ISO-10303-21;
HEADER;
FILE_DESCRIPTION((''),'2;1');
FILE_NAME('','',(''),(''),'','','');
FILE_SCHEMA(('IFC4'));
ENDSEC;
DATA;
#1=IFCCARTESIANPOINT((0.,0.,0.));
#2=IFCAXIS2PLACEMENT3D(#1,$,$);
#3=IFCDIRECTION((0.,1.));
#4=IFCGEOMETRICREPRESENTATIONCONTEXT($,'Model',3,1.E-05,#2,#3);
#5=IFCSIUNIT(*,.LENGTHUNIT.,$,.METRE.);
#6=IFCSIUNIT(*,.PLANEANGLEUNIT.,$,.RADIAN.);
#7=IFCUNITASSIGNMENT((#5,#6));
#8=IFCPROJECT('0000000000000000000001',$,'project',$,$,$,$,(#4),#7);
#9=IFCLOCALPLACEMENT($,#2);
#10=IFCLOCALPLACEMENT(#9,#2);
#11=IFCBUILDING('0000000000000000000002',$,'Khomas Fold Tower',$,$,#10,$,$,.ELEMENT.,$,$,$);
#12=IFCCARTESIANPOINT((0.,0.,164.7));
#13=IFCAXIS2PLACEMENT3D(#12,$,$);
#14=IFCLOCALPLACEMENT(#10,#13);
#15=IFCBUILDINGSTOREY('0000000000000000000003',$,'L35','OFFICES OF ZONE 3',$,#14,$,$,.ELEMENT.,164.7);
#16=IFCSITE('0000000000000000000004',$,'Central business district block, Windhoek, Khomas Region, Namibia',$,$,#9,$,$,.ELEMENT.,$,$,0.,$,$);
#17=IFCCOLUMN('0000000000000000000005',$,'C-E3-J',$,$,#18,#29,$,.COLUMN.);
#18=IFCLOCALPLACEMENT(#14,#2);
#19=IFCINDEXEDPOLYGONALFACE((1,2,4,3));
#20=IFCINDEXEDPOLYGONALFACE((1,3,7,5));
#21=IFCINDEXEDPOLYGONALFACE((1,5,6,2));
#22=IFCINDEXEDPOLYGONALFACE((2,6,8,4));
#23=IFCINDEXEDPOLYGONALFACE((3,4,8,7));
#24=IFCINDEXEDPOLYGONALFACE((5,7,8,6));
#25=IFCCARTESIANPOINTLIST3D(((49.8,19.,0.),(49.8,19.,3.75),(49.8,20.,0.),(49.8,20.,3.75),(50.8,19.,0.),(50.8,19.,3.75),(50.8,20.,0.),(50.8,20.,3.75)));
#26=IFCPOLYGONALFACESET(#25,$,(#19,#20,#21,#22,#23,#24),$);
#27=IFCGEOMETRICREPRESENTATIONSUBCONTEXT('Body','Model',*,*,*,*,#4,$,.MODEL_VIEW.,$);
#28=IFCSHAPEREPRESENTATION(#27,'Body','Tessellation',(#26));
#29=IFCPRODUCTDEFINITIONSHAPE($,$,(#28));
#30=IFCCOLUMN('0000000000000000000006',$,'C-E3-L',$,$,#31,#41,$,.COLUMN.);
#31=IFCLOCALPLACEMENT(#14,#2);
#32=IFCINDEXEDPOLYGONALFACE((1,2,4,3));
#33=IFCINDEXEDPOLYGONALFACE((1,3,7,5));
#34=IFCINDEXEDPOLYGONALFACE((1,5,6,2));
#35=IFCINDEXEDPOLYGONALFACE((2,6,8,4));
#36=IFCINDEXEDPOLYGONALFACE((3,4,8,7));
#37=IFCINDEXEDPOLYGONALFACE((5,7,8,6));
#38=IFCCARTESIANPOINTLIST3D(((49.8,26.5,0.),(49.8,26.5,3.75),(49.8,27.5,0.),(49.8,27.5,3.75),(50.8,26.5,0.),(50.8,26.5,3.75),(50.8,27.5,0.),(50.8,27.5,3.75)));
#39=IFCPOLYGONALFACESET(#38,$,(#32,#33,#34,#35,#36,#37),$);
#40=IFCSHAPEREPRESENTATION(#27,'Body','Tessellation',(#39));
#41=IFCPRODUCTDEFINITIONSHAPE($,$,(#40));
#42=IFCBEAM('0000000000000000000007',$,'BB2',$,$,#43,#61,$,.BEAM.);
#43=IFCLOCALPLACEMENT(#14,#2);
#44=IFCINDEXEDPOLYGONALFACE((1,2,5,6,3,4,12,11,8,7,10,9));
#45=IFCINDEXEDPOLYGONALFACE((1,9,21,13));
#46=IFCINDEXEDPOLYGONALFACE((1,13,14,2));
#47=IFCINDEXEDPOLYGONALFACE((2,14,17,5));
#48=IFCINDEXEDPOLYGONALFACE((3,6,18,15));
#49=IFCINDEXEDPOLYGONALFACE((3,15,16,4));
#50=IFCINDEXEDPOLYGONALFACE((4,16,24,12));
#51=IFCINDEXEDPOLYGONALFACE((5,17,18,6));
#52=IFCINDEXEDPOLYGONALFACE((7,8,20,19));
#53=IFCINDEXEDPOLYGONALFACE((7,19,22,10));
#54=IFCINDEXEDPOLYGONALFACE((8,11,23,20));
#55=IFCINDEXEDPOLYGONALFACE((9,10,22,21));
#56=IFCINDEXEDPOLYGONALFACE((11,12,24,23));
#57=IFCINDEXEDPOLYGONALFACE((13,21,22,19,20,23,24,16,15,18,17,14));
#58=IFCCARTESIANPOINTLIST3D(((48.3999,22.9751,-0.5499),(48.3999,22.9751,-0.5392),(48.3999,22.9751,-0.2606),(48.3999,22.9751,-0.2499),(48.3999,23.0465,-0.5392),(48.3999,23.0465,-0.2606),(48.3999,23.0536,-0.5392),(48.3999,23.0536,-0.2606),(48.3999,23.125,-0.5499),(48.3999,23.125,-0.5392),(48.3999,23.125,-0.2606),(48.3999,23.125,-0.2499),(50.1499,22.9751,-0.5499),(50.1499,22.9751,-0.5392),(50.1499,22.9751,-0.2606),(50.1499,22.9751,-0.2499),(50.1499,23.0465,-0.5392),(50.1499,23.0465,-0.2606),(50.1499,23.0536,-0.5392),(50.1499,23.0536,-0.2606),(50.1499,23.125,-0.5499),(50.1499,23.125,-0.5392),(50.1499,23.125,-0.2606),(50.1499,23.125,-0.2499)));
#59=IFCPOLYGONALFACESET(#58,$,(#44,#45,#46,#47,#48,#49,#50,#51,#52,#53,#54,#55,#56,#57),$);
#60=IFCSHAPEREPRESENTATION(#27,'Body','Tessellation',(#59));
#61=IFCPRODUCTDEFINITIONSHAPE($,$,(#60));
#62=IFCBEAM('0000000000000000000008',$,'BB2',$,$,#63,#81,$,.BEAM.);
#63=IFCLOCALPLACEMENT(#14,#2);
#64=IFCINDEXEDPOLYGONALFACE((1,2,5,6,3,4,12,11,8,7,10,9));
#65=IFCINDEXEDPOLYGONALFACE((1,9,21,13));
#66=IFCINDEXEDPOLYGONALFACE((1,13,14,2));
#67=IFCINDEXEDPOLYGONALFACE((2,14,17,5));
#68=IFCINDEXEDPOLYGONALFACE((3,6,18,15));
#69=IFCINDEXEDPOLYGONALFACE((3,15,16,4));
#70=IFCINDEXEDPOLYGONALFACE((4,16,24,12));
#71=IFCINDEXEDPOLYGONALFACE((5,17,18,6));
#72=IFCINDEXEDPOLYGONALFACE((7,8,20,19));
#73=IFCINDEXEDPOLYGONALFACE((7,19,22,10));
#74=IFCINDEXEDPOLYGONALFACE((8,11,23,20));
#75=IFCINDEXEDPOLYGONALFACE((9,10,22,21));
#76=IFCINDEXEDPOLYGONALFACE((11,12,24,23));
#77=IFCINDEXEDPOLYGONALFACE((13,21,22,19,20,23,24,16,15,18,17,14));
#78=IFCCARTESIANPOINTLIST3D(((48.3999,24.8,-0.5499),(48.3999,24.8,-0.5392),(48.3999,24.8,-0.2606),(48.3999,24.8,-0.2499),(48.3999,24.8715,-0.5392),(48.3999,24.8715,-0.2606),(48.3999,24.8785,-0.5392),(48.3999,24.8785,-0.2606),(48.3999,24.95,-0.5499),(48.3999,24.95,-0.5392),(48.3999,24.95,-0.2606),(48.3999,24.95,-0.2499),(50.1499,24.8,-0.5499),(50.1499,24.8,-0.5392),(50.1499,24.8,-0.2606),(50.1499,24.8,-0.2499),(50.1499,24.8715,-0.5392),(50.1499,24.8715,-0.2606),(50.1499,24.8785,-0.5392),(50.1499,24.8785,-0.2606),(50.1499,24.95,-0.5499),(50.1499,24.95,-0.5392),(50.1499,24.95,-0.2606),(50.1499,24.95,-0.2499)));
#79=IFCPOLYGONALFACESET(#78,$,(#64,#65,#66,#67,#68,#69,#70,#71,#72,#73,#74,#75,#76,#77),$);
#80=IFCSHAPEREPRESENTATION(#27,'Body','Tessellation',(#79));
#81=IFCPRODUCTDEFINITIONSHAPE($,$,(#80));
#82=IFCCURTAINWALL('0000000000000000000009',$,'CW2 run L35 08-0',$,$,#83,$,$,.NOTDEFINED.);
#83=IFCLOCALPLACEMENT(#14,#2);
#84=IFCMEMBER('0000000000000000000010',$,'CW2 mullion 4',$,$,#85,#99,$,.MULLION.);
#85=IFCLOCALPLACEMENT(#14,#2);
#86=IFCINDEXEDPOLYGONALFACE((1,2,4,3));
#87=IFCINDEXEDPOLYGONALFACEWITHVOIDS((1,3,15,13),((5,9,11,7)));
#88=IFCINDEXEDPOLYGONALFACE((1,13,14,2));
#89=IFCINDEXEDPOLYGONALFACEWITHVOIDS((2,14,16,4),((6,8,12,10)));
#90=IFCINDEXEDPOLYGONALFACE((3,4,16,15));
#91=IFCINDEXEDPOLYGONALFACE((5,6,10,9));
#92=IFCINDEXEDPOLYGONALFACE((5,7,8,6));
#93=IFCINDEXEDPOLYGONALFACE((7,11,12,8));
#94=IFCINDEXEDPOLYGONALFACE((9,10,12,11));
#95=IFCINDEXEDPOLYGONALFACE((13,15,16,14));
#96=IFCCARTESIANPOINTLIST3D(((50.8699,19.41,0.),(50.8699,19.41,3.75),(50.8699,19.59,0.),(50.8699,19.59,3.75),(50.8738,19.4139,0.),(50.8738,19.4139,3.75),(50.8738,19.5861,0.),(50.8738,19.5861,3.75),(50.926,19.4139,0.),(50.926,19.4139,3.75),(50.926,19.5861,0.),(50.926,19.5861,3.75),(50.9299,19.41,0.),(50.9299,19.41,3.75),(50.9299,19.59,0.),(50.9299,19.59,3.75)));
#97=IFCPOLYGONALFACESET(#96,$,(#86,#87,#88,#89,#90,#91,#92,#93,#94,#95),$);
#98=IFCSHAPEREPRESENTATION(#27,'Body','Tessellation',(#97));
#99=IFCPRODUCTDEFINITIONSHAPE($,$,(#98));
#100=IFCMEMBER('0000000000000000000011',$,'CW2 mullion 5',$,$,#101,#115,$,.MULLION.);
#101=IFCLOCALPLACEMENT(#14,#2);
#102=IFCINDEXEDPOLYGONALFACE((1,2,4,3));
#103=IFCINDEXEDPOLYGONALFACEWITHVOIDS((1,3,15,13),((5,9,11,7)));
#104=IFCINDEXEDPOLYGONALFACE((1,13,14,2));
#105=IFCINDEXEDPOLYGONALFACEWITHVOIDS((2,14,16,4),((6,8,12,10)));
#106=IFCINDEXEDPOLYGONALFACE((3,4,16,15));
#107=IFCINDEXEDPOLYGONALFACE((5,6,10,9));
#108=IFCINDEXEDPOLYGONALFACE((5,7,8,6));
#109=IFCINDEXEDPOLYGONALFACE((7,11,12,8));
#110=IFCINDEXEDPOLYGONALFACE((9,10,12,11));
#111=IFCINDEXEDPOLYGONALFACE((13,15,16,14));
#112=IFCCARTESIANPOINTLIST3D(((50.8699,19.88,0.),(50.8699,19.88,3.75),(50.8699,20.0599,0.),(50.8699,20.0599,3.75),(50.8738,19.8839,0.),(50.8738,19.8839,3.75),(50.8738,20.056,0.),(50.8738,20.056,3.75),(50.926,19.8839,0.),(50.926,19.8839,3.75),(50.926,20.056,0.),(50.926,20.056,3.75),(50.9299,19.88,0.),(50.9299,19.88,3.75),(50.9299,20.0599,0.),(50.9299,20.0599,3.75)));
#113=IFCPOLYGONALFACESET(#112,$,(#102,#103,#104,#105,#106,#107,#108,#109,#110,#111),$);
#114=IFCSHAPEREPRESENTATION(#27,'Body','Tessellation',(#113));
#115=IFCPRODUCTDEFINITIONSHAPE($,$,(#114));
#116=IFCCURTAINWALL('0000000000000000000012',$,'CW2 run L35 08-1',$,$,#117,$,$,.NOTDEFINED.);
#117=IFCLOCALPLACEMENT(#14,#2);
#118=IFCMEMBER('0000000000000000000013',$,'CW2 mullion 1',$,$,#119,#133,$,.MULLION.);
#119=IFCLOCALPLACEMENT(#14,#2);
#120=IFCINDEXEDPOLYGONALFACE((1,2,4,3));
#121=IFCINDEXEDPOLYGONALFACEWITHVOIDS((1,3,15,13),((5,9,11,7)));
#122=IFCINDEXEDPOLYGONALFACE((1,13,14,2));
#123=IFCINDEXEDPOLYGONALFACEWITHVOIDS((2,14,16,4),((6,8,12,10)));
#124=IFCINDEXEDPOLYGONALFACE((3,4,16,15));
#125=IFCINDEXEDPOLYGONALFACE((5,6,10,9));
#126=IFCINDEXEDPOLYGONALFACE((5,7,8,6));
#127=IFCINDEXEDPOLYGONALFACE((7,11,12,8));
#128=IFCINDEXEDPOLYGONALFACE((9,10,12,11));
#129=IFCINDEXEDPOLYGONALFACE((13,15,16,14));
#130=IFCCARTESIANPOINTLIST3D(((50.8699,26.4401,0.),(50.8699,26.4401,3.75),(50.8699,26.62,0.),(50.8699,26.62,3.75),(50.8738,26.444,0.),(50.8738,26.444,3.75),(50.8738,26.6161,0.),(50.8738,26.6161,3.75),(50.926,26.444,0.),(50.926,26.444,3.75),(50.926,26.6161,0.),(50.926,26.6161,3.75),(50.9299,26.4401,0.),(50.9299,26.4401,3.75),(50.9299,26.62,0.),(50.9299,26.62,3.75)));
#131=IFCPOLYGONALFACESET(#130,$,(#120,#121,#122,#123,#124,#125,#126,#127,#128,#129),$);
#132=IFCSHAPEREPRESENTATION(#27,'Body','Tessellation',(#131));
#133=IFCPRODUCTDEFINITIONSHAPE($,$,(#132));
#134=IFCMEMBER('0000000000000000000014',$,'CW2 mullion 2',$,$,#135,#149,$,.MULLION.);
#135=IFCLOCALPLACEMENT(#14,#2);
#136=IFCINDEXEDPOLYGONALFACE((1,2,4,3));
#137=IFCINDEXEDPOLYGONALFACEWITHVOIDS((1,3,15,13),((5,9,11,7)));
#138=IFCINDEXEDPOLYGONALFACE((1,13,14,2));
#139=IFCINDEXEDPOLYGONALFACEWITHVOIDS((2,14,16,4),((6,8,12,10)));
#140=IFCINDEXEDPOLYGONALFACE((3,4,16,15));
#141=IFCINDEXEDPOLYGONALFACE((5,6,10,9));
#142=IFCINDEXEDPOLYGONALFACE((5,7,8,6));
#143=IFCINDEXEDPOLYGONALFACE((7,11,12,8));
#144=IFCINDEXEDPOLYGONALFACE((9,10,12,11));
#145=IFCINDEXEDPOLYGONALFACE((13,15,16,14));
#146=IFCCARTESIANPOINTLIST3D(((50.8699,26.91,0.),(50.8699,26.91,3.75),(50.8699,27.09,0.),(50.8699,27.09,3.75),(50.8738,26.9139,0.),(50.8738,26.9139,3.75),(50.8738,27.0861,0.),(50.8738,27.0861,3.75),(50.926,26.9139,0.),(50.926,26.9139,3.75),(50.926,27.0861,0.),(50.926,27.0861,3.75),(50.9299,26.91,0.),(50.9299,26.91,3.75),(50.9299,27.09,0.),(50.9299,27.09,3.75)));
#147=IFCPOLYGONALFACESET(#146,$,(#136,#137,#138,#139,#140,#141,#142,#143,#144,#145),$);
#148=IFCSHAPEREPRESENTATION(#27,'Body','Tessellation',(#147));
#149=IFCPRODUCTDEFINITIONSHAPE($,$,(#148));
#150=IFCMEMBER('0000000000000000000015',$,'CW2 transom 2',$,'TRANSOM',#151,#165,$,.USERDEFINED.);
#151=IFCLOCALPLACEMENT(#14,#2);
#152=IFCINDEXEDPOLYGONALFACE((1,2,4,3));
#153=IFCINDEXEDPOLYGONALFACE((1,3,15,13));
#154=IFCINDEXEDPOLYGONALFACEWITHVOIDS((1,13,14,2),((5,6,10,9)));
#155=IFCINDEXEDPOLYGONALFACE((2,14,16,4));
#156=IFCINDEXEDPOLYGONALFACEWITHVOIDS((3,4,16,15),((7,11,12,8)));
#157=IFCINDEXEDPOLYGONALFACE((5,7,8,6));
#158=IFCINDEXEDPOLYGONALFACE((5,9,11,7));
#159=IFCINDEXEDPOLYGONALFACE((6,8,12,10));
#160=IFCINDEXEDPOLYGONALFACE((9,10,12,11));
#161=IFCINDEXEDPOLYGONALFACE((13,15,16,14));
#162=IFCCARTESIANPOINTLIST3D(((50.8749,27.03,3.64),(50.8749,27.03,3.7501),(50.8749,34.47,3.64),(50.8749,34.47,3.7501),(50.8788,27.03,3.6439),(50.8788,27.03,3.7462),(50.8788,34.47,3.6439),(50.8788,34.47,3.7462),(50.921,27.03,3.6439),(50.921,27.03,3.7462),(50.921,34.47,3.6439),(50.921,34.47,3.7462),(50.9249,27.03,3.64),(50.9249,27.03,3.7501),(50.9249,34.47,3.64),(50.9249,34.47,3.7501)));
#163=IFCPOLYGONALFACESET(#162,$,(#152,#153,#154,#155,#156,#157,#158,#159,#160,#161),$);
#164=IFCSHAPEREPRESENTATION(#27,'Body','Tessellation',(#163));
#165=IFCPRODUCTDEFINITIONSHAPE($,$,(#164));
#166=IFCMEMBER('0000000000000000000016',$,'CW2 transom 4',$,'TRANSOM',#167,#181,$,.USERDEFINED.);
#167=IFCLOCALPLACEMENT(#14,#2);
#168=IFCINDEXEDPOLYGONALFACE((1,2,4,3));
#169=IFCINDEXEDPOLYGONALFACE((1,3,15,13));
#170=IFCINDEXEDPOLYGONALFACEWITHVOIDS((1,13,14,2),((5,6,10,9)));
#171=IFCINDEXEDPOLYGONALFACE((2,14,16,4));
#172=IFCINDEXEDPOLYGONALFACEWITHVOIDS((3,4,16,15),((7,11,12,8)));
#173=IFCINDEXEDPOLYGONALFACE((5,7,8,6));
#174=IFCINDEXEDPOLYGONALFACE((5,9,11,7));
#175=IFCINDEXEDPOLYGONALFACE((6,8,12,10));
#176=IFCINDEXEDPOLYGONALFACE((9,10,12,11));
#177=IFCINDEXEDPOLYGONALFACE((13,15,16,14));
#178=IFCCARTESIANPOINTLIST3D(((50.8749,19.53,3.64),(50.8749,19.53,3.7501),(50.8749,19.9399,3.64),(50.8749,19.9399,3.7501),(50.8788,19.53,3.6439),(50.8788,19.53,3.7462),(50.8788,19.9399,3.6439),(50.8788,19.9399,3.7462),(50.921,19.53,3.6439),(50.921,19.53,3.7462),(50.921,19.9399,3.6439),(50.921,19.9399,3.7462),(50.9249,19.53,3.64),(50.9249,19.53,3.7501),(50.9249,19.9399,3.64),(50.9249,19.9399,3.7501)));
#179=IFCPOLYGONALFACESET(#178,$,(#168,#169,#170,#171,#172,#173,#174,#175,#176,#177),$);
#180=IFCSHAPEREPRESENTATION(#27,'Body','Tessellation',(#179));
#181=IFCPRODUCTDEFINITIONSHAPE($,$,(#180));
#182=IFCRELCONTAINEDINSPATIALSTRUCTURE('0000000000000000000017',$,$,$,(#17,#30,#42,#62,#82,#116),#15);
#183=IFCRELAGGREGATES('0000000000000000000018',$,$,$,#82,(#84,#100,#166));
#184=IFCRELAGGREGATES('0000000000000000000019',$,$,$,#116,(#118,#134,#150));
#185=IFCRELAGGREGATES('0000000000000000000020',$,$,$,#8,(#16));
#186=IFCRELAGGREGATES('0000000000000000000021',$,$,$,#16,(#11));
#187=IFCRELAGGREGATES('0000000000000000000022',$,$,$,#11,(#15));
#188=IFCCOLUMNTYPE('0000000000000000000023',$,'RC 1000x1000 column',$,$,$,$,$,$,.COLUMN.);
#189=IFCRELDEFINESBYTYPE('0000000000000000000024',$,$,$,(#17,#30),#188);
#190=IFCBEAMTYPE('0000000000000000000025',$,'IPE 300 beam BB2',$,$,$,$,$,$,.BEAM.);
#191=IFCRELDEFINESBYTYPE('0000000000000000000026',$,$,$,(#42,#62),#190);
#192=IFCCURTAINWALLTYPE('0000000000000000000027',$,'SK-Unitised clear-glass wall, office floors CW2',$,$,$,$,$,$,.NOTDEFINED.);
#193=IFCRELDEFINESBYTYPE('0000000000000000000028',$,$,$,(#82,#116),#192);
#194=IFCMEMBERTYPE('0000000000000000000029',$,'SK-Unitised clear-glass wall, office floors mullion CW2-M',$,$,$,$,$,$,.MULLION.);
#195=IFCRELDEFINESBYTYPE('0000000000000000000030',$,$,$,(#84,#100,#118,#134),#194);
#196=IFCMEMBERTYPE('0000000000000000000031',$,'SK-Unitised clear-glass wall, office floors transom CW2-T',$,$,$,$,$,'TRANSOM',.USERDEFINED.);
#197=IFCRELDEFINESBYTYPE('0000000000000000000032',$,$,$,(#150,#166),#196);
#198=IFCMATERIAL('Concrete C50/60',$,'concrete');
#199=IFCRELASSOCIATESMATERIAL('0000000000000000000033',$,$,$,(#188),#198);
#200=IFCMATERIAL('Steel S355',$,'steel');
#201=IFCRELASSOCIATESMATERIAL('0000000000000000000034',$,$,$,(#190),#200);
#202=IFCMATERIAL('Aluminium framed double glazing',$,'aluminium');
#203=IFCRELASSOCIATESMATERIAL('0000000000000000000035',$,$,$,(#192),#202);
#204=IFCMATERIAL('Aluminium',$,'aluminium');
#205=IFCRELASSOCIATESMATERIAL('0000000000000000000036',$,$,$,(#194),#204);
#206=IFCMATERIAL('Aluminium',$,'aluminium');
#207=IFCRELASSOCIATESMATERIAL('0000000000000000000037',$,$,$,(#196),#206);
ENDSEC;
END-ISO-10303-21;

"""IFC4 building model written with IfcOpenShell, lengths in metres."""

from ifc_helpers import new_model, si_unit, direction, frame, origin, origin_2d, place, context, subcontext, project, spatial, rectangle, hollow_rectangle, i_section, extrude, source, transform, mapped, material, material_profile, profile_set, type_object, element, aggregate, save


model = new_model("IFC4")

# Units and contexts
model_context = context("Model", 3, precision=1e-05, world=origin(), true_north=direction((0.0, 1.0)))
body_context = subcontext(model_context, "Body", "Model", "MODEL_VIEW")
ifc_project = project(units=[si_unit("LENGTHUNIT", "METRE"), si_unit("PLANEANGLEUNIT", "RADIAN")], contexts=[model_context])

# Site, building, storey
site_placement = place(None, origin())
site = spatial("IfcSite", under=ifc_project, at=site_placement, Name="Central business district block, Windhoek, Khomas Region, Namibia", CompositionType="ELEMENT", RefElevation=0.0)
building_placement = place(site_placement, origin())
building = spatial("IfcBuilding", under=site, at=building_placement, Name="Khomas Fold Tower", CompositionType="ELEMENT")
storey_placement = place(building_placement, frame((0.0, 0.0, 164.7)))
storey = spatial("IfcBuildingStorey", under=building, at=storey_placement, Name="L35", Description="OFFICES OF ZONE 3", CompositionType="ELEMENT", Elevation=164.7)

# Columns
ifc_material_1 = material(Name="Concrete C50/60", Category="concrete")
ifc_material_profile_1 = material_profile(ifc_material_1, rectangle(XDim=1.0, YDim=1.0, at=origin_2d()), Name="RC 1000x1000")
ifc_profile_set_1 = profile_set([ifc_material_profile_1], Name="Concrete C50/60")
column_type = type_object("IfcColumnType", Name="RC 1000x1000 column", PredefinedType="COLUMN", material=ifc_profile_set_1)
shared_shape_1 = source(origin(), body_context, "Body", "SweptSolid", [
    extrude(rectangle(XDim=1.0, YDim=1.0, at=origin_2d()), origin(), (0.0, 0.0, 1.0), 3.75),
])
for number, where, z_axis, x_axis, name in (
    (1, (50.3, 19.5, 0.0), (0.0, 0.0, 1.0), (1.0, 0.0, 0.0), "C-E3-J"),
    (2, (50.3, 27.0, 0.0), (0.0, 0.0, 1.0), (1.0, 0.0, 0.0), "C-E3-L"),
):
    element("IfcColumn", number, at=place(storey_placement, frame(where, z_axis=z_axis, x_axis=x_axis)), inside=storey, type_object=column_type, Name=name, PredefinedType="COLUMN", context=body_context, shape_type="MappedRepresentation", body=[
        mapped(shared_shape_1, transform((0.0, 0.0, 0.0))),
    ])

# Beams
ifc_material_2 = material(Name="Steel S355", Category="steel")
ifc_material_profile_2 = material_profile(ifc_material_2, i_section(OverallWidth=0.1499, OverallDepth=0.3, WebThickness=0.0071, FlangeThickness=0.0107, at=origin_2d()), Name="IPE 300")
ifc_profile_set_2 = profile_set([ifc_material_profile_2], Name="Steel S355")
beam_type = type_object("IfcBeamType", Name="IPE 300 beam BB2", PredefinedType="BEAM", material=ifc_profile_set_2)
shared_shape_2 = source(origin(), body_context, "Body", "SweptSolid", [
    extrude(i_section(OverallWidth=0.1499, OverallDepth=0.3, WebThickness=0.0071, FlangeThickness=0.0107, at=origin_2d()), origin(), (0.0, 0.0, 1.0), 1.75),
])
for number, where, z_axis, x_axis, name in (
    (3, (48.3999, 23.05, -0.3999), (1.0, 0.0, 0.0), (0.0, 1.0, 0.0), "BB2"),
    (4, (48.3999, 24.875, -0.3999), (1.0, 0.0, 0.0), (0.0, 1.0, 0.0), "BB2"),
):
    element("IfcBeam", number, at=place(storey_placement, frame(where, z_axis=z_axis, x_axis=x_axis)), inside=storey, type_object=beam_type, Name=name, PredefinedType="BEAM", context=body_context, shape_type="MappedRepresentation", body=[
        mapped(shared_shape_2, transform((0.0, 0.0, 0.0))),
    ])

# Curtain walls, members
ifc_material_3 = material(Name="Aluminium framed double glazing", Category="aluminium")
curtain_wall_type = type_object("IfcCurtainWallType", Name="SK-Unitised clear-glass wall, office floors CW2", PredefinedType="NOTDEFINED", material=ifc_material_3)
curtain_wall_1_placement = place(storey_placement, origin())
curtain_wall_1 = element("IfcCurtainWall", 5, at=curtain_wall_1_placement, inside=storey, type_object=curtain_wall_type, Name="CW2 run L35 08-0", PredefinedType="NOTDEFINED")
ifc_material_4 = material(Name="Aluminium", Category="aluminium")
ifc_material_profile_3 = material_profile(ifc_material_4, hollow_rectangle(XDim=0.0601, YDim=0.1799, WallThickness=0.0039, at=origin_2d()), Name="SK-Unitised clear-glass wall, office floors mullion CW2-M")
ifc_profile_set_3 = profile_set([ifc_material_profile_3], Name="Aluminium")
member_type_1 = type_object("IfcMemberType", Name="SK-Unitised clear-glass wall, office floors mullion CW2-M", PredefinedType="MULLION", material=ifc_profile_set_3)
shared_shape_3 = source(origin(), body_context, "Body", "SweptSolid", [
    extrude(hollow_rectangle(XDim=0.0601, YDim=0.1799, WallThickness=0.0039, at=origin_2d()), origin(), (0.0, 0.0, 1.0), 3.75),
])
member_1_placement = place(storey_placement, frame((50.8999, 19.5, 0.0), z_axis=(0.0, 0.0, 1.0), x_axis=(-1.0, 0.0, 0.0)))
member_1 = element("IfcMember", 6, at=member_1_placement, type_object=member_type_1, Name="CW2 mullion 4", PredefinedType="MULLION", context=body_context, shape_type="MappedRepresentation", body=[
    mapped(shared_shape_3, transform((0.0, 0.0, 0.0))),
])
member_2_placement = place(storey_placement, frame((50.8999, 19.97, 0.0), z_axis=(0.0, 0.0, 1.0), x_axis=(-1.0, 0.0, 0.0)))
member_2 = element("IfcMember", 7, at=member_2_placement, type_object=member_type_1, Name="CW2 mullion 5", PredefinedType="MULLION", context=body_context, shape_type="MappedRepresentation", body=[
    mapped(shared_shape_3, transform((0.0, 0.0, 0.0))),
])
curtain_wall_2_placement = place(storey_placement, origin())
curtain_wall_2 = element("IfcCurtainWall", 8, at=curtain_wall_2_placement, inside=storey, type_object=curtain_wall_type, Name="CW2 run L35 08-1", PredefinedType="NOTDEFINED")
member_3_placement = place(storey_placement, frame((50.8999, 26.53, 0.0), z_axis=(0.0, 0.0, 1.0), x_axis=(-1.0, 0.0, 0.0)))
member_3 = element("IfcMember", 9, at=member_3_placement, type_object=member_type_1, Name="CW2 mullion 1", PredefinedType="MULLION", context=body_context, shape_type="MappedRepresentation", body=[
    mapped(shared_shape_3, transform((0.0, 0.0, 0.0))),
])
member_4_placement = place(storey_placement, frame((50.8999, 27.0, 0.0), z_axis=(0.0, 0.0, 1.0), x_axis=(-1.0, 0.0, 0.0)))
member_4 = element("IfcMember", 10, at=member_4_placement, type_object=member_type_1, Name="CW2 mullion 2", PredefinedType="MULLION", context=body_context, shape_type="MappedRepresentation", body=[
    mapped(shared_shape_3, transform((0.0, 0.0, 0.0))),
])
ifc_material_5 = material(Name="Aluminium", Category="aluminium")
ifc_material_profile_4 = material_profile(ifc_material_5, hollow_rectangle(XDim=0.05, YDim=0.1101, WallThickness=0.0039, at=origin_2d()), Name="SK-Unitised clear-glass wall, office floors transom CW2-T")
ifc_profile_set_4 = profile_set([ifc_material_profile_4], Name="Aluminium")
member_type_2 = type_object("IfcMemberType", Name="SK-Unitised clear-glass wall, office floors transom CW2-T", ElementType="TRANSOM", PredefinedType="USERDEFINED", material=ifc_profile_set_4)
shared_shape_4 = source(origin(), body_context, "Body", "SweptSolid", [
    extrude(hollow_rectangle(XDim=0.05, YDim=0.1101, WallThickness=0.0039, at=origin_2d()), origin(), (0.0, 0.0, 1.0), 7.4399),
])
member_5_placement = place(storey_placement, frame((50.8999, 27.03, 3.6951), z_axis=(0.0, 1.0, 0.0), x_axis=(-1.0, 0.0, 0.0)))
member_5 = element("IfcMember", 11, at=member_5_placement, type_object=member_type_2, Name="CW2 transom 2", ObjectType="TRANSOM", PredefinedType="USERDEFINED", context=body_context, shape_type="MappedRepresentation", body=[
    mapped(shared_shape_4, transform((0.0, 0.0, 0.0))),
])

# Member
shared_shape_5 = source(origin(), body_context, "Body", "SweptSolid", [
    extrude(hollow_rectangle(XDim=0.05, YDim=0.1101, WallThickness=0.0039, at=origin_2d()), origin(), (0.0, 0.0, 1.0), 0.4099),
])
member_6_placement = place(storey_placement, frame((50.8999, 19.53, 3.6951), z_axis=(0.0, 1.0, 0.0), x_axis=(-1.0, 0.0, 0.0)))
member_6 = element("IfcMember", 12, at=member_6_placement, type_object=member_type_2, Name="CW2 transom 4", ObjectType="TRANSOM", PredefinedType="USERDEFINED", context=body_context, shape_type="MappedRepresentation", body=[
    mapped(shared_shape_5, transform((0.0, 0.0, 0.0))),
])

aggregate(curtain_wall_1, [member_1, member_2, member_6])
aggregate(curtain_wall_2, [member_3, member_4, member_5])

save(model, "model.ifc")
